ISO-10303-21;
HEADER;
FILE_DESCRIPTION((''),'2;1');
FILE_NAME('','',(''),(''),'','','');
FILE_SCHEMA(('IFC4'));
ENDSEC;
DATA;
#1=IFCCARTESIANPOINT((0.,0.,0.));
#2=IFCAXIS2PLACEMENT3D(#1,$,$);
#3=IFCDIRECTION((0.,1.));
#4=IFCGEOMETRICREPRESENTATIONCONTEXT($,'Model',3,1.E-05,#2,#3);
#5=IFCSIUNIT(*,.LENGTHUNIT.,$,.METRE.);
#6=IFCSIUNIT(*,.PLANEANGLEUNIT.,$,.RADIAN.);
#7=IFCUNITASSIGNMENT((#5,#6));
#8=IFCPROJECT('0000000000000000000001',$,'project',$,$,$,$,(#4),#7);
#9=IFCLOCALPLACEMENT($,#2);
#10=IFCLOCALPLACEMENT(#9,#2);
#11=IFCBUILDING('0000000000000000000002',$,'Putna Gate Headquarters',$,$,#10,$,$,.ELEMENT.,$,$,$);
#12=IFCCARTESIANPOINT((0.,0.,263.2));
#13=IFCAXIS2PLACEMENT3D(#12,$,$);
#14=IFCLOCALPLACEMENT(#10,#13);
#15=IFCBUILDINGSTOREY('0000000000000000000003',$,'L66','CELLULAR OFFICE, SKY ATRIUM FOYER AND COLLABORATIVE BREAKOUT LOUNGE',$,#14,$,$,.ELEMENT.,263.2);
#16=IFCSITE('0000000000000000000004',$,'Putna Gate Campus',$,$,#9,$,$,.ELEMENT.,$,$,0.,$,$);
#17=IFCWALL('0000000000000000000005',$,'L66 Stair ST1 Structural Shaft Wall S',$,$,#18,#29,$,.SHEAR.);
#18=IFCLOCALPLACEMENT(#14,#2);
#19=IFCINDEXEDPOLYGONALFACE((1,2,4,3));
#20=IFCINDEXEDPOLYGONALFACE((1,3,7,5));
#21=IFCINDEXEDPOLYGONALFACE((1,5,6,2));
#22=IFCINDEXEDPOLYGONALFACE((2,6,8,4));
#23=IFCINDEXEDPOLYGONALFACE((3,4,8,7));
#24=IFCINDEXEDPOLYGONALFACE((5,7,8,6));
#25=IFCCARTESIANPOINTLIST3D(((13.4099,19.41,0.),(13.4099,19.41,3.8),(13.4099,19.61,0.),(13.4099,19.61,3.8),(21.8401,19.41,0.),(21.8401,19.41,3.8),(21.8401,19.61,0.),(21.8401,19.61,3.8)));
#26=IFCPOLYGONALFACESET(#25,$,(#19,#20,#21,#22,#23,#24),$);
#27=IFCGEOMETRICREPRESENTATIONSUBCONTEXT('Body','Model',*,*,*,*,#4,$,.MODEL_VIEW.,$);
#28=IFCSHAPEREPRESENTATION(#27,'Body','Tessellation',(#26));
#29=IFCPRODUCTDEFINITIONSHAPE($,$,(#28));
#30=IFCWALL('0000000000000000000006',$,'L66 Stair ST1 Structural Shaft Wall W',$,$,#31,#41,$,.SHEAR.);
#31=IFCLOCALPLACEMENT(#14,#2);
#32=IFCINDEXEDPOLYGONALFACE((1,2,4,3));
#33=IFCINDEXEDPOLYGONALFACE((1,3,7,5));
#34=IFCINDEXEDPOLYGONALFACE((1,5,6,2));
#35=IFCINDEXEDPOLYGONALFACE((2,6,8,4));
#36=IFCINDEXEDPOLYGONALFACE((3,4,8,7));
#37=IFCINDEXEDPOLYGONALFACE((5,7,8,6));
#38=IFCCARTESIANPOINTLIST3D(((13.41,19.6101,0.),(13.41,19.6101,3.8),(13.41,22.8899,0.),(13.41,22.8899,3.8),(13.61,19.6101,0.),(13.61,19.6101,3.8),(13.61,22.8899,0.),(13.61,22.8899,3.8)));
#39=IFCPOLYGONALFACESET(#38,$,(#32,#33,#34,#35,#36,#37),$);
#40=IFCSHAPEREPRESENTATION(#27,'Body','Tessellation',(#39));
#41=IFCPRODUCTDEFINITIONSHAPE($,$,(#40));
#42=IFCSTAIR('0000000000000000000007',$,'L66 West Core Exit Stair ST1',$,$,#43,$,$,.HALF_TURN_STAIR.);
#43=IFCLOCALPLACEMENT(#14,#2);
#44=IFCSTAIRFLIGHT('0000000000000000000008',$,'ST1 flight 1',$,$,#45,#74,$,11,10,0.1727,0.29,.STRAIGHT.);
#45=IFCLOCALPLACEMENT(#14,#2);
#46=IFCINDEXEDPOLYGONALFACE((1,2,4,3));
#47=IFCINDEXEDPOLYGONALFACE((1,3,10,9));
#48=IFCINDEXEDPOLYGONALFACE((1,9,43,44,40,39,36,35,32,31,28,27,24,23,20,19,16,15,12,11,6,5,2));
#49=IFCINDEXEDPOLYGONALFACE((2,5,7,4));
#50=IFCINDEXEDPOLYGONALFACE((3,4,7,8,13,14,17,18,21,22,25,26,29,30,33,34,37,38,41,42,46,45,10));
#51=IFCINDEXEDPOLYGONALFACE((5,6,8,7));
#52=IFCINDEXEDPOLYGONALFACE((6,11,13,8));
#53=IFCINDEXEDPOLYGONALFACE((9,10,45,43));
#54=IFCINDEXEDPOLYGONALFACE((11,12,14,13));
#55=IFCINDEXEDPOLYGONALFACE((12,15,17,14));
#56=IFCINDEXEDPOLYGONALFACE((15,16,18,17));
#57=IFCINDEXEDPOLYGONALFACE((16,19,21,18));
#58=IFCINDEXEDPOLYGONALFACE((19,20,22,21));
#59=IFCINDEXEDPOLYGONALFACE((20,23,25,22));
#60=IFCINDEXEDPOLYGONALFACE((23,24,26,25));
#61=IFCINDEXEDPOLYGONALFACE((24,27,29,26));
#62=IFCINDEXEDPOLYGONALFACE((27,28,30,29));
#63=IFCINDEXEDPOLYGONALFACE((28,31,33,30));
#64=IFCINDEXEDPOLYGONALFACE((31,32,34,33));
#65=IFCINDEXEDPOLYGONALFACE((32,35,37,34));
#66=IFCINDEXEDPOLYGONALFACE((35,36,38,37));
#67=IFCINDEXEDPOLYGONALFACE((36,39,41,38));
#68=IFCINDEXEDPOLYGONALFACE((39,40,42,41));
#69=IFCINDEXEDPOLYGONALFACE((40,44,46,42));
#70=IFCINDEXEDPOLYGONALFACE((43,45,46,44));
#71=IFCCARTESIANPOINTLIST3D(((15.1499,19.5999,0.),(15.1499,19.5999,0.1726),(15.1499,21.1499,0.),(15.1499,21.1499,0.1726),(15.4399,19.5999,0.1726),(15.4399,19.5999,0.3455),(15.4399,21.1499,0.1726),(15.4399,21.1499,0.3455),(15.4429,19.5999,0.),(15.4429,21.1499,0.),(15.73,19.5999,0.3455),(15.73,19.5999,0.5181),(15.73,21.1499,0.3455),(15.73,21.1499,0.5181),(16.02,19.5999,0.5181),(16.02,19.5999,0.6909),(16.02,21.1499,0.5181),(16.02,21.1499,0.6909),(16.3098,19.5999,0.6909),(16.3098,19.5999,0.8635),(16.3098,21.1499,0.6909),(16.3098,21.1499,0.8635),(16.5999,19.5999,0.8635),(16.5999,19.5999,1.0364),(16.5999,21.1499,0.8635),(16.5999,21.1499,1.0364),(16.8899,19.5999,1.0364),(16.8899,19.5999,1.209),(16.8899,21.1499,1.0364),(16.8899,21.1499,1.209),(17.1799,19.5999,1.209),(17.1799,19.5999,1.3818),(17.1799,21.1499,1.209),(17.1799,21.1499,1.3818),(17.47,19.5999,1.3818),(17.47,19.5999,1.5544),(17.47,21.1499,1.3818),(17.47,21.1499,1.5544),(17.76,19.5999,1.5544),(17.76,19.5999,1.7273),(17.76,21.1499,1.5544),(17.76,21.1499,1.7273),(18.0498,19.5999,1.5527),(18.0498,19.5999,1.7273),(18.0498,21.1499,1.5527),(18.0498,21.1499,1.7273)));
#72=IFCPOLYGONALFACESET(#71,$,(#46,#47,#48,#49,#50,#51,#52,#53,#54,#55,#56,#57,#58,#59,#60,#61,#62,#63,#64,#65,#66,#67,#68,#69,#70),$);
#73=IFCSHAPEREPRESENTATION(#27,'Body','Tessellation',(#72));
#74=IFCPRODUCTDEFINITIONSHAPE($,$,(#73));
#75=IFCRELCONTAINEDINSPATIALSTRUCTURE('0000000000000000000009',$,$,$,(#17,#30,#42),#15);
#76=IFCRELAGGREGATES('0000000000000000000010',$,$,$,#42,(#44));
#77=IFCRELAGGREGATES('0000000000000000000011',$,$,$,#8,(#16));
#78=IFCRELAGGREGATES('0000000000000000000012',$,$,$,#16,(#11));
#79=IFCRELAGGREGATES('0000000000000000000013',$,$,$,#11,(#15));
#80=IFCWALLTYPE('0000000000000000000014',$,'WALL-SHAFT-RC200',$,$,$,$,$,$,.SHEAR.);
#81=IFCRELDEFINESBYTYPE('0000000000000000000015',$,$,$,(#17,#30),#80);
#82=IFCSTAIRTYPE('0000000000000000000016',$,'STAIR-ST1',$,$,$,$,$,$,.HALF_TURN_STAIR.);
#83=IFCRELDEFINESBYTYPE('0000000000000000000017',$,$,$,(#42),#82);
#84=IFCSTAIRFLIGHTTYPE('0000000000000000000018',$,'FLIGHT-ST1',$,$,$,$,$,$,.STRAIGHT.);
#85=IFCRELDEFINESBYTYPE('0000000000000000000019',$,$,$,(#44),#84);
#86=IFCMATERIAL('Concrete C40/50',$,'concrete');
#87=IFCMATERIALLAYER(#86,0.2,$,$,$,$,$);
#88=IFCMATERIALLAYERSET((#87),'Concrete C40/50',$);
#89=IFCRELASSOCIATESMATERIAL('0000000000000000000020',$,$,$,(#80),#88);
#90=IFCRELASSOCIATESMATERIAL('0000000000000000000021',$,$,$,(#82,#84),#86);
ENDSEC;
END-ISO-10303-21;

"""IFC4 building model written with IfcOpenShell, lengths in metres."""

from ifc_helpers import new_model, si_unit, direction, frame, frame_2d, origin, place, context, subcontext, project, spatial, polyline, rectangle, outline, extrude, material, layer, layer_set, type_object, element, aggregate, save


model = new_model("IFC4")

# Units and contexts
model_context = context("Model", 3, precision=1e-05, world=origin(), true_north=direction((0.0, 1.0)))
body_context = subcontext(model_context, "Body", "Model", "MODEL_VIEW")
ifc_project = project(units=[si_unit("LENGTHUNIT", "METRE"), si_unit("PLANEANGLEUNIT", "RADIAN")], contexts=[model_context])

# Site, building, storey
site_placement = place(None, origin())
site = spatial("IfcSite", under=ifc_project, at=site_placement, Name="Putna Gate Campus", CompositionType="ELEMENT", RefElevation=0.0)
building_placement = place(site_placement, origin())
building = spatial("IfcBuilding", under=site, at=building_placement, Name="Putna Gate Headquarters", CompositionType="ELEMENT")
storey_placement = place(building_placement, frame((0.0, 0.0, 263.2)))
storey = spatial("IfcBuildingStorey", under=building, at=storey_placement, Name="L66", Description="CELLULAR OFFICE, SKY ATRIUM FOYER AND COLLABORATIVE BREAKOUT LOUNGE", CompositionType="ELEMENT", Elevation=263.2)

# Walls
ifc_material_1 = material(Name="Concrete C40/50", Category="concrete")
ifc_layer_1 = layer(ifc_material_1, 0.2)
ifc_layer_set_1 = layer_set([ifc_layer_1], Name="Concrete C40/50")
wall_type_1 = type_object("IfcWallType", Name="WALL-SHAFT-RC200", PredefinedType="SHEAR", material=ifc_layer_set_1)
wall_1_placement = place(storey_placement, frame((13.4099, 19.51, 0.0), z_axis=(0.0, 0.0, 1.0), x_axis=(1.0, 0.0, 0.0)))
element("IfcWall", 1, at=wall_1_placement, inside=storey, type_object=wall_type_1, Name="L66 Stair ST1 Structural Shaft Wall S", PredefinedType="SHEAR", context=body_context, shape_type="SweptSolid", body=[
    extrude(rectangle(XDim=8.4302, YDim=0.2, at=frame_2d((4.2151, 0.0))), origin(), (0.0, 0.0, 1.0), 3.8),
])
wall_2_placement = place(storey_placement, frame((13.51, 19.6101, 0.0), z_axis=(0.0, 0.0, 1.0), x_axis=(0.0, 1.0, 0.0)))
element("IfcWall", 2, at=wall_2_placement, inside=storey, type_object=wall_type_1, Name="L66 Stair ST1 Structural Shaft Wall W", PredefinedType="SHEAR", context=body_context, shape_type="SweptSolid", body=[
    extrude(rectangle(XDim=3.2798, YDim=0.2, at=frame_2d((1.6399, 0.0))), origin(), (0.0, 0.0, 1.0), 3.8),
])

# Stair, stair flight
stair_type = type_object("IfcStairType", Name="STAIR-ST1", PredefinedType="HALF_TURN_STAIR", material=ifc_material_1)
stair_placement = place(storey_placement, origin())
stair = element("IfcStair", 3, at=stair_placement, inside=storey, type_object=stair_type, Name="L66 West Core Exit Stair ST1", PredefinedType="HALF_TURN_STAIR")
stair_flight_type = type_object("IfcStairFlightType", Name="FLIGHT-ST1", PredefinedType="STRAIGHT", material=ifc_material_1)
stair_flight_placement = place(storey_placement, frame((15.1499, 20.375, 0.0), z_axis=(0.0, 0.0, 1.0), x_axis=(1.0, 0.0, 0.0)))
stair_flight = element("IfcStairFlight", 4, at=stair_flight_placement, type_object=stair_flight_type, Name="ST1 flight 1", NumberOfRisers=11, NumberOfTreads=10, PredefinedType="STRAIGHT", RiserHeight=0.1727, TreadLength=0.29, context=body_context, shape_type="SweptSolid", body=[
    extrude(outline(polyline([(0.0, 0.0), (0.0, 0.1726), (0.29, 0.1726), (0.29, 0.3455), (0.5801, 0.3455), (0.5801, 0.5181), (0.8701, 0.5181), (0.8701, 0.6909), (1.1599, 0.6909), (1.1599, 0.8635), (1.45, 0.8635), (1.45, 1.0364), (1.74, 1.0364), (1.74, 1.209), (2.03, 1.209), (2.03, 1.3818), (2.3201, 1.3818), (2.3201, 1.5544), (2.6101, 1.5544), (2.6101, 1.7273), (2.8999, 1.7273), (2.8999, 1.8999), (2.8999, 1.5527), (0.293, 0.0), (0.0, 0.0)])), frame((0.0, 0.7749, 0.0), z_axis=(0.0, -1.0, 0.0), x_axis=(1.0, 0.0, 0.0)), (0.0, 0.0, 1.0), 1.55),
])
aggregate(stair, [stair_flight])

save(model, "model.ifc")
